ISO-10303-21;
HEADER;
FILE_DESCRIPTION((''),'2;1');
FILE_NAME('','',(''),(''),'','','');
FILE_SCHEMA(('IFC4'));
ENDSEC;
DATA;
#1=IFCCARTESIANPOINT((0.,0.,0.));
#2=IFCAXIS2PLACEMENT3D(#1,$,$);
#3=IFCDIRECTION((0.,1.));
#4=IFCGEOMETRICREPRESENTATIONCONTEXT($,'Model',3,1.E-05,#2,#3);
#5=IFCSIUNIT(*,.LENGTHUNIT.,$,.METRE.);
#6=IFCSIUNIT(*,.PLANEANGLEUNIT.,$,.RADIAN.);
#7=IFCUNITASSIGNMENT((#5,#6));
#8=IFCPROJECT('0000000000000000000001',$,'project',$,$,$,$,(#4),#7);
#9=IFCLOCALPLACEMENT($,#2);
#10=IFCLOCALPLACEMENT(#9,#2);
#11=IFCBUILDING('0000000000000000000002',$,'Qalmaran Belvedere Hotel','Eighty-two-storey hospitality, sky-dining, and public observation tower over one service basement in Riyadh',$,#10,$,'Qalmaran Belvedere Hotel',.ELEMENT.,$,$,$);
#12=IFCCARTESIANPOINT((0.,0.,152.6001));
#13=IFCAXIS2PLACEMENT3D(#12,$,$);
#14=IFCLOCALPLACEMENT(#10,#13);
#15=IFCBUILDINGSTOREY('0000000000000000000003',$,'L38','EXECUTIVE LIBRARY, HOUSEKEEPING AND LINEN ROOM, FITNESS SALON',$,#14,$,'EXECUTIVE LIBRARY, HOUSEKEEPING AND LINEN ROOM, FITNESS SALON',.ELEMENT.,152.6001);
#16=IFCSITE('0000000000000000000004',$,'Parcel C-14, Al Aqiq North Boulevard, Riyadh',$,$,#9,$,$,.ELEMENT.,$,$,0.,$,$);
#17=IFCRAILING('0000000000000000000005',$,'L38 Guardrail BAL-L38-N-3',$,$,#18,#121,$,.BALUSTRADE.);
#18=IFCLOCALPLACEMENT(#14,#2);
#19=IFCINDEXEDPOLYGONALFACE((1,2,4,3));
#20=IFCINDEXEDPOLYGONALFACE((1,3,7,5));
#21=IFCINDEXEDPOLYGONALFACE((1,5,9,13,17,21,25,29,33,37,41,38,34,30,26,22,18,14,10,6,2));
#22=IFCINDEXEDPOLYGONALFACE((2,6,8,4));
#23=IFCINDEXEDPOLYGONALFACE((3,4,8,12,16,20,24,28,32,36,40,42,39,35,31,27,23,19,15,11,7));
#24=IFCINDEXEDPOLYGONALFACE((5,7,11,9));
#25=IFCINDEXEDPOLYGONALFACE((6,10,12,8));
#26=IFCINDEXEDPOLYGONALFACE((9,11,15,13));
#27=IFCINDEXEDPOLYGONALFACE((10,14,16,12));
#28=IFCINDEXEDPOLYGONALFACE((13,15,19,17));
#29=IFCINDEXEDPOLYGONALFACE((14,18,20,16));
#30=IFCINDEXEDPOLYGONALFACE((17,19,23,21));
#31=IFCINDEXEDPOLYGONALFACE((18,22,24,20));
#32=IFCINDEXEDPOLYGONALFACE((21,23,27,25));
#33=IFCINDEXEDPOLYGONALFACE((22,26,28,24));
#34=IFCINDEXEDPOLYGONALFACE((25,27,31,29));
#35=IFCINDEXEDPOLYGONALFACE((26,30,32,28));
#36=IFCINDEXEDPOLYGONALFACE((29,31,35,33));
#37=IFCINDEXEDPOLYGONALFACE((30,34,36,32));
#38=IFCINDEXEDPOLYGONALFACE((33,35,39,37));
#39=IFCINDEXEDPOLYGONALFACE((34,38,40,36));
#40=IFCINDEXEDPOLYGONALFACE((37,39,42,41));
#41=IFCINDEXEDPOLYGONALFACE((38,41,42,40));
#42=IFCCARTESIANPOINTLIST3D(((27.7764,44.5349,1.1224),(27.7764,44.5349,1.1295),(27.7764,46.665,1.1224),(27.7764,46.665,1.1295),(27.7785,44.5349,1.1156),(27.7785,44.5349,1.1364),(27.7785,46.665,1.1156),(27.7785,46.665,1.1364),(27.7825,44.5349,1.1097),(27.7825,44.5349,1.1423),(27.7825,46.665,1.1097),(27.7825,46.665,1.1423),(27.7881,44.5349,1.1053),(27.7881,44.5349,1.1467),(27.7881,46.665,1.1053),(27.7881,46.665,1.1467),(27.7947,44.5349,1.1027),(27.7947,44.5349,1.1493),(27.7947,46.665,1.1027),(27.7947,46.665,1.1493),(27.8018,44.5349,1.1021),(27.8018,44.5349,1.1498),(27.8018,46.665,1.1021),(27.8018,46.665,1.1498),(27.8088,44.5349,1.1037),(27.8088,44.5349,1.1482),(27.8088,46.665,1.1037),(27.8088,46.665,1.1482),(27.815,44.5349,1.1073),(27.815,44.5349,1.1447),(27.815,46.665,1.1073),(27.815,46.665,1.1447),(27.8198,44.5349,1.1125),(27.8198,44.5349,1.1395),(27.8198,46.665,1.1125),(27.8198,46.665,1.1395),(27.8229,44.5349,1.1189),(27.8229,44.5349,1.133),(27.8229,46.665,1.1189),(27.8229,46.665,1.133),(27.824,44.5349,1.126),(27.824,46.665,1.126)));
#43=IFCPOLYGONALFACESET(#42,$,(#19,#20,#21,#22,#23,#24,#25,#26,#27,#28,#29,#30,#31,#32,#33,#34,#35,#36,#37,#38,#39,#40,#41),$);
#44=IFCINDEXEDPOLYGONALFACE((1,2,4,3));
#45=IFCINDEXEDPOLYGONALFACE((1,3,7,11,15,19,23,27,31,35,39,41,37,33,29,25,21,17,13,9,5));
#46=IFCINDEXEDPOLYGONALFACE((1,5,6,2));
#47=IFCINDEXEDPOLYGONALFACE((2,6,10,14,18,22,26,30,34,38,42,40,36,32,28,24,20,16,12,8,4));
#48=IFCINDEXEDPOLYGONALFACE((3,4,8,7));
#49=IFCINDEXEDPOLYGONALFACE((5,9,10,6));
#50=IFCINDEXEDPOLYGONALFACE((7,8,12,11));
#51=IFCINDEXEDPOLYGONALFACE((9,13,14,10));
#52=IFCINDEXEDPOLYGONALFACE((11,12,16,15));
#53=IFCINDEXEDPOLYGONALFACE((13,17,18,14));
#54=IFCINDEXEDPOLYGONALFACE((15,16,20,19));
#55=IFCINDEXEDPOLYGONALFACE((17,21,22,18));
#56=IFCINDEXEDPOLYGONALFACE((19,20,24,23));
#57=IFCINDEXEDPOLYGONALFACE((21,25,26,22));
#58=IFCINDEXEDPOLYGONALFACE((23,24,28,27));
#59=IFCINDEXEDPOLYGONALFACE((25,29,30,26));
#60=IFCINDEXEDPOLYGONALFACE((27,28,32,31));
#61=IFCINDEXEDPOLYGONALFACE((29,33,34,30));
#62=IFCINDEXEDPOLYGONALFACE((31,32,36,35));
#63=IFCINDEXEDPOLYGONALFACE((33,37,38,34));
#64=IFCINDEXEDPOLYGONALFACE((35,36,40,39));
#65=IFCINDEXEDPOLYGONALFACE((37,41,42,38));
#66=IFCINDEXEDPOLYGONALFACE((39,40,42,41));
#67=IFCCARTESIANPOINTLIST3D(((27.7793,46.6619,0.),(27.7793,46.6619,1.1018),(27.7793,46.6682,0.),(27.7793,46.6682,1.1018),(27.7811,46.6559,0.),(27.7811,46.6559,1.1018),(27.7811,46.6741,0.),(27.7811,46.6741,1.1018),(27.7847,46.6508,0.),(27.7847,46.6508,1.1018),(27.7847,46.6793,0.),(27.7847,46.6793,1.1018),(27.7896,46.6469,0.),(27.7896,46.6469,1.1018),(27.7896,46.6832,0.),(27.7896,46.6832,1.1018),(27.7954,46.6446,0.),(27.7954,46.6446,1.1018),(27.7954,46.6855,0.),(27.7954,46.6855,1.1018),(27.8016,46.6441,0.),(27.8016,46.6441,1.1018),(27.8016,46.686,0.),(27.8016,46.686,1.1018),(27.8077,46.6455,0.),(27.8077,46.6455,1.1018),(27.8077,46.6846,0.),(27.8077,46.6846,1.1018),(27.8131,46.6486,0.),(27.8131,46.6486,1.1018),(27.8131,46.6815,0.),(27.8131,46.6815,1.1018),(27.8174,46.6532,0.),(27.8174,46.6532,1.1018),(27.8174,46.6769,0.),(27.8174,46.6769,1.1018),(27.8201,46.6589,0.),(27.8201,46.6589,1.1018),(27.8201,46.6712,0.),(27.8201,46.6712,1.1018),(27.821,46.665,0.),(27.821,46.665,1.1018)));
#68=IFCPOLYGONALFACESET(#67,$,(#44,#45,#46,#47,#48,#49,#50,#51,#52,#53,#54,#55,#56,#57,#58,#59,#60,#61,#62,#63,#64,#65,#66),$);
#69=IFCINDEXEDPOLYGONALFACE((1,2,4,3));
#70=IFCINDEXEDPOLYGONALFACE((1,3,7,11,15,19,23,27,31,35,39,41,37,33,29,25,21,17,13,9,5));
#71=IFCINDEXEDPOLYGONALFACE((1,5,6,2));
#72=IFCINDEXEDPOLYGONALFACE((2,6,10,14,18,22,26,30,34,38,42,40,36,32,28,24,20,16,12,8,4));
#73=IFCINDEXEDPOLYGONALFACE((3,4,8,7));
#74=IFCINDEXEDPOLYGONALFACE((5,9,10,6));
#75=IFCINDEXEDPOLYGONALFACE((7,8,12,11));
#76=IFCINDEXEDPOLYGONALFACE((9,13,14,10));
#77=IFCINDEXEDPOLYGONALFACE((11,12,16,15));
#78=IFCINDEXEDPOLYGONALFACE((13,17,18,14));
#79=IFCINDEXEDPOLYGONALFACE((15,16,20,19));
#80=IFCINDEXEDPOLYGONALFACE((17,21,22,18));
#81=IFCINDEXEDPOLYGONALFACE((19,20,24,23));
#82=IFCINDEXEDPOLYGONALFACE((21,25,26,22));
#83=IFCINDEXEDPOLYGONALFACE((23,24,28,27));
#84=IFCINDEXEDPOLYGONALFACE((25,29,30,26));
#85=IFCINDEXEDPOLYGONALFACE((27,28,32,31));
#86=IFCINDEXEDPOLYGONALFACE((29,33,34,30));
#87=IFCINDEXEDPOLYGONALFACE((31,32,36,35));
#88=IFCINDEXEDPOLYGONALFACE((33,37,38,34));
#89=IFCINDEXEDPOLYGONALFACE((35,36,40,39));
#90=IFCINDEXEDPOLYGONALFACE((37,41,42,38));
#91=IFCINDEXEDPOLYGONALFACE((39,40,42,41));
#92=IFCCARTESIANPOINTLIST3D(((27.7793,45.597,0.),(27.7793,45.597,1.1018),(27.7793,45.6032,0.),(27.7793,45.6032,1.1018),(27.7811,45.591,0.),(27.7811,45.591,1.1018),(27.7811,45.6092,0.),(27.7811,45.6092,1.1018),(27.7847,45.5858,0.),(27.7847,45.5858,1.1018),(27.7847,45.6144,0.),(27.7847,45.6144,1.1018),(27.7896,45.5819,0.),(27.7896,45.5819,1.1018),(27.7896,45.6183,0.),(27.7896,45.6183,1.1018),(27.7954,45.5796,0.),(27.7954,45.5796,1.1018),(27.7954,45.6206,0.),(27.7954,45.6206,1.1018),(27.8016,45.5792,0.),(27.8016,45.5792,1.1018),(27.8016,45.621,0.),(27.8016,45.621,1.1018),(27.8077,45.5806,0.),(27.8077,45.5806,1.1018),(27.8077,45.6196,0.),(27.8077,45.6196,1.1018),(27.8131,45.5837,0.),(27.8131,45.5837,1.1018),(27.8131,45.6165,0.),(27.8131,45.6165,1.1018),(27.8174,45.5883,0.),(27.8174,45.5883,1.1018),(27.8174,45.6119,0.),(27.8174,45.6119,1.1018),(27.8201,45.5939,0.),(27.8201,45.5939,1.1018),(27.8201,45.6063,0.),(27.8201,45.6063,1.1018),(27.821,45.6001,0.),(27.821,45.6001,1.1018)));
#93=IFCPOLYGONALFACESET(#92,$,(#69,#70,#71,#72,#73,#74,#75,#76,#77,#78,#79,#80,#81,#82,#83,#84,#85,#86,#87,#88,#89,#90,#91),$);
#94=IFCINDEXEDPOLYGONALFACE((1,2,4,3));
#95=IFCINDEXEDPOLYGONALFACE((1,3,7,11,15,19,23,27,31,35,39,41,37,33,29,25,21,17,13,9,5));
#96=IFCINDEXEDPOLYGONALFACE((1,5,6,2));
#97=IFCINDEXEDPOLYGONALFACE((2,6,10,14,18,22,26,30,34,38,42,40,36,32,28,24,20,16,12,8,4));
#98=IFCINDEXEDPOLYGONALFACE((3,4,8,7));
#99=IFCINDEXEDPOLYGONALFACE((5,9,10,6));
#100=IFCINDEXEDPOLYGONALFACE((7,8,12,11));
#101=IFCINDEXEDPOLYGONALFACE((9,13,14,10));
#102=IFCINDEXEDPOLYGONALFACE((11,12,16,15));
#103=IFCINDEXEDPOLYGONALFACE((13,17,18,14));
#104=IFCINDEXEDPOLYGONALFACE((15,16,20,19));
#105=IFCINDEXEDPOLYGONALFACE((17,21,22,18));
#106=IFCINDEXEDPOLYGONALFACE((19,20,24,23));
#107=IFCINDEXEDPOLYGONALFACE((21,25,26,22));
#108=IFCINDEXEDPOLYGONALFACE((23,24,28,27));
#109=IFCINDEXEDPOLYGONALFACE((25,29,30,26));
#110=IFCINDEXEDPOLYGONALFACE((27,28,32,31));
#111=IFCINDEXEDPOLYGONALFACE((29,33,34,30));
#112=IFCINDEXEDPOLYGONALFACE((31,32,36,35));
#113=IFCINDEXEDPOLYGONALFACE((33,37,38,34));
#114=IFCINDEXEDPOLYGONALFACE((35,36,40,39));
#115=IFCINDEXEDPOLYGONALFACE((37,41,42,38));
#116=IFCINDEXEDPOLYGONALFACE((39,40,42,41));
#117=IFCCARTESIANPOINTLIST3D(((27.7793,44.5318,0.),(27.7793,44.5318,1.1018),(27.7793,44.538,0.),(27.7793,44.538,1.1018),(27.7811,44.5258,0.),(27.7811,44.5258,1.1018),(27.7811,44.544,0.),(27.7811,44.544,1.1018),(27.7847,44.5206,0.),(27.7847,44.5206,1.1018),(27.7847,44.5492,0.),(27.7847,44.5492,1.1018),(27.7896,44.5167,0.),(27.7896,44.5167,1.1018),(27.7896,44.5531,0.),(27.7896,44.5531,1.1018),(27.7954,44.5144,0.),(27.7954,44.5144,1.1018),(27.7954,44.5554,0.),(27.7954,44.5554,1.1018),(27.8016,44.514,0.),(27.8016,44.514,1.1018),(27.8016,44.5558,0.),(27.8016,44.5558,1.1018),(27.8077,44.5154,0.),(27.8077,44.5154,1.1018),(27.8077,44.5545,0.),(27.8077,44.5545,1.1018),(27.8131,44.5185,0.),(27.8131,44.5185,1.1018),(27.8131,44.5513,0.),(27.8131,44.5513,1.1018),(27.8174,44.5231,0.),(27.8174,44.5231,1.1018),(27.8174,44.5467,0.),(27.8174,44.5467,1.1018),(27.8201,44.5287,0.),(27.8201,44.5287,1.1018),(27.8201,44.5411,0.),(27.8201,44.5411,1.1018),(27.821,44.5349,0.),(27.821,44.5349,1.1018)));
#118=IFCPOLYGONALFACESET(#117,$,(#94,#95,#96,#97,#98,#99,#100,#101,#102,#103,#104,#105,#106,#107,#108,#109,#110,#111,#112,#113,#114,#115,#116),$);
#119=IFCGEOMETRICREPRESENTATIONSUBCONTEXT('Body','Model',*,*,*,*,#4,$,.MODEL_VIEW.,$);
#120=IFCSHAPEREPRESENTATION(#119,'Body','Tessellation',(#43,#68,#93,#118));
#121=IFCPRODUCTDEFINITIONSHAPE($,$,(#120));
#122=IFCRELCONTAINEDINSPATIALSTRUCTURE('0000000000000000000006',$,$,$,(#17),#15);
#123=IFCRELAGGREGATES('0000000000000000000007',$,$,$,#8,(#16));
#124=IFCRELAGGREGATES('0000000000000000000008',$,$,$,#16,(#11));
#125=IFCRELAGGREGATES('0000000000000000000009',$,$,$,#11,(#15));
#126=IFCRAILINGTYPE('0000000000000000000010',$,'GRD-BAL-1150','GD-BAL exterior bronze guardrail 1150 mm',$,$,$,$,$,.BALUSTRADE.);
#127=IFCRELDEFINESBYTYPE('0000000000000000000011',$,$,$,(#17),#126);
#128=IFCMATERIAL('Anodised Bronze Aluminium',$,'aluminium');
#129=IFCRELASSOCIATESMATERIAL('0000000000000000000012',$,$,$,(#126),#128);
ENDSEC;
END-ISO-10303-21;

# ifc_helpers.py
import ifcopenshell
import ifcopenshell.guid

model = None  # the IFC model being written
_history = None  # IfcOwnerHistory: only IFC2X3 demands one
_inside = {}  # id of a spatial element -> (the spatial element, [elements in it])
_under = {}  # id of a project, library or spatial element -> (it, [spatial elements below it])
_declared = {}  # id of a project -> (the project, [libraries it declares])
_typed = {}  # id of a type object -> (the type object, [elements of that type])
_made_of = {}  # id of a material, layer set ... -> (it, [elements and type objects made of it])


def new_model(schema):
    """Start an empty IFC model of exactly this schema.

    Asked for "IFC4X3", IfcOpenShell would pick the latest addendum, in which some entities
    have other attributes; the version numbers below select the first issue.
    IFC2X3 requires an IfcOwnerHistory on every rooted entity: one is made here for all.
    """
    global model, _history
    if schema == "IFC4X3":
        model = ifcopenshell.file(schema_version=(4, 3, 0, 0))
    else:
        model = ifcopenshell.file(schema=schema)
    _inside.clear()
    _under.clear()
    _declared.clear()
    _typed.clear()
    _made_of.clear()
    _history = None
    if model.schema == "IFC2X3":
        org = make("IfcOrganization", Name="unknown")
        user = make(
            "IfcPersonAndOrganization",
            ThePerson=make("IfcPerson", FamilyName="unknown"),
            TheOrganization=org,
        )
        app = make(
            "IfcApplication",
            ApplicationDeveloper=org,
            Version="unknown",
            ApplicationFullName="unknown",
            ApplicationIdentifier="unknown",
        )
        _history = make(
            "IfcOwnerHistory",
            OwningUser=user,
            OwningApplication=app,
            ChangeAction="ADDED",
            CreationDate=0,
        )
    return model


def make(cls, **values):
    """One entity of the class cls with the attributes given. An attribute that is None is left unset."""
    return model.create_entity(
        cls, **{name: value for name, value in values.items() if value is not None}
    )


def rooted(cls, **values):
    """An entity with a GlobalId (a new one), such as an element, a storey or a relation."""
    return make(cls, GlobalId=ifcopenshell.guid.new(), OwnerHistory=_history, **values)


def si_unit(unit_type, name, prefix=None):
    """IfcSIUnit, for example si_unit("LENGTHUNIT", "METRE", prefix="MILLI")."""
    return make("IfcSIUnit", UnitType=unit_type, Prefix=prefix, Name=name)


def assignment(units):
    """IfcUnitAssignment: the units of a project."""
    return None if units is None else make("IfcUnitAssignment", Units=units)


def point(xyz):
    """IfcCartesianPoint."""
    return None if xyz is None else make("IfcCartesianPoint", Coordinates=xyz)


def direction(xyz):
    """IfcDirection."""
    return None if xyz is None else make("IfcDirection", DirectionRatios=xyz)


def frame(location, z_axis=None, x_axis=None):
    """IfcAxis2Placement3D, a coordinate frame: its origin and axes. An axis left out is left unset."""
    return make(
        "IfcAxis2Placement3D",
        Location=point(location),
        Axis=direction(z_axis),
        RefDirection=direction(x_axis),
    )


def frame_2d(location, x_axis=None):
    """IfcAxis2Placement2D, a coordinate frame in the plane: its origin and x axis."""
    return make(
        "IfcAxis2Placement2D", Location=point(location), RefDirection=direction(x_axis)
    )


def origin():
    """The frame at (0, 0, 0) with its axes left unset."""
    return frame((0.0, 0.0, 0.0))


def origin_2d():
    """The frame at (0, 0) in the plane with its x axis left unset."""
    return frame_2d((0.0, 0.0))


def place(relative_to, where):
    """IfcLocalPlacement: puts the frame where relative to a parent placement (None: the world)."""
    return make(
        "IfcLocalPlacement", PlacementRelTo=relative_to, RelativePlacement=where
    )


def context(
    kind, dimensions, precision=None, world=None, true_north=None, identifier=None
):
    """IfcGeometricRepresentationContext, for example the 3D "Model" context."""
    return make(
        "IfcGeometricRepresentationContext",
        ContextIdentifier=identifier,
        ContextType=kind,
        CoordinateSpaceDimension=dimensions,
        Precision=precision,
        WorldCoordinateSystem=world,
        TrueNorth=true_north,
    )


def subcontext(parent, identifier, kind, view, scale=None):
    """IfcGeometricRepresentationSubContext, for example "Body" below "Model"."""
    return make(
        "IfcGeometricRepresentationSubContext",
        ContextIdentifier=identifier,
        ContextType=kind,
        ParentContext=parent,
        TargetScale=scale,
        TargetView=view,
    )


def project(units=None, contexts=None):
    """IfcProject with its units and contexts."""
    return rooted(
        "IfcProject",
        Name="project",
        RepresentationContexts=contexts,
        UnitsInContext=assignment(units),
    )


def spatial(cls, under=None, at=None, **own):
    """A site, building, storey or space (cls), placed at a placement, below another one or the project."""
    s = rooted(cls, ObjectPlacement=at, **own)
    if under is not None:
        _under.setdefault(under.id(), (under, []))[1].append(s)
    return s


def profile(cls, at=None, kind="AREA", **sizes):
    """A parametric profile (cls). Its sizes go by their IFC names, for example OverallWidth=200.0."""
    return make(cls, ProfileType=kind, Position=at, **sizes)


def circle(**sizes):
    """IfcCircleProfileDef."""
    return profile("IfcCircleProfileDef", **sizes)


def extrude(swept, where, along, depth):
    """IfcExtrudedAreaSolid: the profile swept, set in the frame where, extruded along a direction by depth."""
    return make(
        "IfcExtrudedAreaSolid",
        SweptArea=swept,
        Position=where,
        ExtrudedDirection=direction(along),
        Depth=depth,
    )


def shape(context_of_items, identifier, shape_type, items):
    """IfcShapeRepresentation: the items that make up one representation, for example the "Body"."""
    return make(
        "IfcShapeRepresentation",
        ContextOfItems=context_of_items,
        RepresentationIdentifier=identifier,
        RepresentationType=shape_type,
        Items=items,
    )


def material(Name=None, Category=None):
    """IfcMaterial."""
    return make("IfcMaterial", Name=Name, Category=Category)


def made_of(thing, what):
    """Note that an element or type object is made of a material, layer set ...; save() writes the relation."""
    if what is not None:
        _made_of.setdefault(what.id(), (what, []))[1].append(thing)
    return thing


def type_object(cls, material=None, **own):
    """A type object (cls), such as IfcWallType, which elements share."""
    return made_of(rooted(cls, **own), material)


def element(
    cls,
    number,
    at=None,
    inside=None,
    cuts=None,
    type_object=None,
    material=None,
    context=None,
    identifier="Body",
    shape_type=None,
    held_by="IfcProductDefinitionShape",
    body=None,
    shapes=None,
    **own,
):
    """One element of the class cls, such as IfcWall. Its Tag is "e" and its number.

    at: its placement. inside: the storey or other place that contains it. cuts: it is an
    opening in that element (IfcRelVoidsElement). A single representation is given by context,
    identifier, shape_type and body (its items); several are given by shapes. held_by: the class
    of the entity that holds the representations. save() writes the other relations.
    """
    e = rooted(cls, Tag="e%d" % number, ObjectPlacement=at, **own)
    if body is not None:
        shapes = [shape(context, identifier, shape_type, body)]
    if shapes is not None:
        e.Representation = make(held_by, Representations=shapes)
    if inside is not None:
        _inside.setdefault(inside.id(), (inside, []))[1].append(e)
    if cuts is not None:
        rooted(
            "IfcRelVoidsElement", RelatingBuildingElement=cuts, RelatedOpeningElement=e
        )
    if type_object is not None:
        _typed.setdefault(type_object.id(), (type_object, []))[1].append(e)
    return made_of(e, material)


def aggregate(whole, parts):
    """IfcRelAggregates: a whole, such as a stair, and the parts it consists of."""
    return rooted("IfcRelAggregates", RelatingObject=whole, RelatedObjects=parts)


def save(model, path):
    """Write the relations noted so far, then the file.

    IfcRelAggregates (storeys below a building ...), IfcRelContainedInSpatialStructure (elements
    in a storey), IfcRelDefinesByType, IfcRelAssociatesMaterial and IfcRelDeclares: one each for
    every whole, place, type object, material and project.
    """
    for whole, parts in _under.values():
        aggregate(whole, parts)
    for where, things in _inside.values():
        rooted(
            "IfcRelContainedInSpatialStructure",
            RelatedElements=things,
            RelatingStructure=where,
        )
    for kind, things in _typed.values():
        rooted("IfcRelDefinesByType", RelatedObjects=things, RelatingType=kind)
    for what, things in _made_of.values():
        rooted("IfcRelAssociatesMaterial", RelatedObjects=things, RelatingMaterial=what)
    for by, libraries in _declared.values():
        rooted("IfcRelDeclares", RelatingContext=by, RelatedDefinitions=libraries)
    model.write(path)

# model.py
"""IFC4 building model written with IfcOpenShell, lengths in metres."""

from ifc_helpers import new_model, si_unit, direction, frame, origin, origin_2d, place, context, subcontext, project, spatial, circle, extrude, material, type_object, element, save


model = new_model("IFC4")

# Units and contexts
model_context = context("Model", 3, precision=1e-05, world=origin(), true_north=direction((0.0, 1.0)))
body_context = subcontext(model_context, "Body", "Model", "MODEL_VIEW")
ifc_project = project(units=[si_unit("LENGTHUNIT", "METRE"), si_unit("PLANEANGLEUNIT", "RADIAN")], contexts=[model_context])

# Site, building, storey
site_placement = place(None, origin())
site = spatial("IfcSite", under=ifc_project, at=site_placement, Name="Parcel C-14, Al Aqiq North Boulevard, Riyadh", CompositionType="ELEMENT", RefElevation=0.0)
building_placement = place(site_placement, origin())
building = spatial("IfcBuilding", under=site, at=building_placement, Name="Qalmaran Belvedere Hotel", Description="Eighty-two-storey hospitality, sky-dining, and public observation tower over one service basement in Riyadh", LongName="Qalmaran Belvedere Hotel", CompositionType="ELEMENT")
storey_placement = place(building_placement, frame((0.0, 0.0, 152.6001)))
storey = spatial("IfcBuildingStorey", under=building, at=storey_placement, Name="L38", Description="EXECUTIVE LIBRARY, HOUSEKEEPING AND LINEN ROOM, FITNESS SALON", LongName="EXECUTIVE LIBRARY, HOUSEKEEPING AND LINEN ROOM, FITNESS SALON", CompositionType="ELEMENT", Elevation=152.6001)

# Shared definitions
ifc_material_1 = material(Name="Anodised Bronze Aluminium", Category="aluminium")

# Railing
railing_type = type_object("IfcRailingType", Name="GRD-BAL-1150", Description="GD-BAL exterior bronze guardrail 1150 mm", PredefinedType="BALUSTRADE", material=ifc_material_1)
railing_1_placement = place(storey_placement, frame((27.8, 46.665, 0.0)))
element("IfcRailing", 1, at=railing_1_placement, inside=storey, type_object=railing_type, Name="L38 Guardrail BAL-L38-N-3", PredefinedType="BALUSTRADE", context=body_context, shape_type="SweptSolid", body=[
    extrude(circle(Radius=0.0239, at=origin_2d()), frame((0.0, 0.0, 1.126), z_axis=(0.0, -1.0, 0.0), x_axis=(1.0, 0.0, 0.0)), (0.0, 0.0, 1.0), 2.1301),
    extrude(circle(Radius=0.021, at=origin_2d()), origin(), (0.0, 0.0, 1.0), 1.1018),
    extrude(circle(Radius=0.021, at=origin_2d()), frame((0.0, -1.0649, 0.0)), (0.0, 0.0, 1.0), 1.1018),
    extrude(circle(Radius=0.021, at=origin_2d()), frame((0.0, -2.1301, 0.0)), (0.0, 0.0, 1.0), 1.1018),
])

save(model, "model.ifc")
